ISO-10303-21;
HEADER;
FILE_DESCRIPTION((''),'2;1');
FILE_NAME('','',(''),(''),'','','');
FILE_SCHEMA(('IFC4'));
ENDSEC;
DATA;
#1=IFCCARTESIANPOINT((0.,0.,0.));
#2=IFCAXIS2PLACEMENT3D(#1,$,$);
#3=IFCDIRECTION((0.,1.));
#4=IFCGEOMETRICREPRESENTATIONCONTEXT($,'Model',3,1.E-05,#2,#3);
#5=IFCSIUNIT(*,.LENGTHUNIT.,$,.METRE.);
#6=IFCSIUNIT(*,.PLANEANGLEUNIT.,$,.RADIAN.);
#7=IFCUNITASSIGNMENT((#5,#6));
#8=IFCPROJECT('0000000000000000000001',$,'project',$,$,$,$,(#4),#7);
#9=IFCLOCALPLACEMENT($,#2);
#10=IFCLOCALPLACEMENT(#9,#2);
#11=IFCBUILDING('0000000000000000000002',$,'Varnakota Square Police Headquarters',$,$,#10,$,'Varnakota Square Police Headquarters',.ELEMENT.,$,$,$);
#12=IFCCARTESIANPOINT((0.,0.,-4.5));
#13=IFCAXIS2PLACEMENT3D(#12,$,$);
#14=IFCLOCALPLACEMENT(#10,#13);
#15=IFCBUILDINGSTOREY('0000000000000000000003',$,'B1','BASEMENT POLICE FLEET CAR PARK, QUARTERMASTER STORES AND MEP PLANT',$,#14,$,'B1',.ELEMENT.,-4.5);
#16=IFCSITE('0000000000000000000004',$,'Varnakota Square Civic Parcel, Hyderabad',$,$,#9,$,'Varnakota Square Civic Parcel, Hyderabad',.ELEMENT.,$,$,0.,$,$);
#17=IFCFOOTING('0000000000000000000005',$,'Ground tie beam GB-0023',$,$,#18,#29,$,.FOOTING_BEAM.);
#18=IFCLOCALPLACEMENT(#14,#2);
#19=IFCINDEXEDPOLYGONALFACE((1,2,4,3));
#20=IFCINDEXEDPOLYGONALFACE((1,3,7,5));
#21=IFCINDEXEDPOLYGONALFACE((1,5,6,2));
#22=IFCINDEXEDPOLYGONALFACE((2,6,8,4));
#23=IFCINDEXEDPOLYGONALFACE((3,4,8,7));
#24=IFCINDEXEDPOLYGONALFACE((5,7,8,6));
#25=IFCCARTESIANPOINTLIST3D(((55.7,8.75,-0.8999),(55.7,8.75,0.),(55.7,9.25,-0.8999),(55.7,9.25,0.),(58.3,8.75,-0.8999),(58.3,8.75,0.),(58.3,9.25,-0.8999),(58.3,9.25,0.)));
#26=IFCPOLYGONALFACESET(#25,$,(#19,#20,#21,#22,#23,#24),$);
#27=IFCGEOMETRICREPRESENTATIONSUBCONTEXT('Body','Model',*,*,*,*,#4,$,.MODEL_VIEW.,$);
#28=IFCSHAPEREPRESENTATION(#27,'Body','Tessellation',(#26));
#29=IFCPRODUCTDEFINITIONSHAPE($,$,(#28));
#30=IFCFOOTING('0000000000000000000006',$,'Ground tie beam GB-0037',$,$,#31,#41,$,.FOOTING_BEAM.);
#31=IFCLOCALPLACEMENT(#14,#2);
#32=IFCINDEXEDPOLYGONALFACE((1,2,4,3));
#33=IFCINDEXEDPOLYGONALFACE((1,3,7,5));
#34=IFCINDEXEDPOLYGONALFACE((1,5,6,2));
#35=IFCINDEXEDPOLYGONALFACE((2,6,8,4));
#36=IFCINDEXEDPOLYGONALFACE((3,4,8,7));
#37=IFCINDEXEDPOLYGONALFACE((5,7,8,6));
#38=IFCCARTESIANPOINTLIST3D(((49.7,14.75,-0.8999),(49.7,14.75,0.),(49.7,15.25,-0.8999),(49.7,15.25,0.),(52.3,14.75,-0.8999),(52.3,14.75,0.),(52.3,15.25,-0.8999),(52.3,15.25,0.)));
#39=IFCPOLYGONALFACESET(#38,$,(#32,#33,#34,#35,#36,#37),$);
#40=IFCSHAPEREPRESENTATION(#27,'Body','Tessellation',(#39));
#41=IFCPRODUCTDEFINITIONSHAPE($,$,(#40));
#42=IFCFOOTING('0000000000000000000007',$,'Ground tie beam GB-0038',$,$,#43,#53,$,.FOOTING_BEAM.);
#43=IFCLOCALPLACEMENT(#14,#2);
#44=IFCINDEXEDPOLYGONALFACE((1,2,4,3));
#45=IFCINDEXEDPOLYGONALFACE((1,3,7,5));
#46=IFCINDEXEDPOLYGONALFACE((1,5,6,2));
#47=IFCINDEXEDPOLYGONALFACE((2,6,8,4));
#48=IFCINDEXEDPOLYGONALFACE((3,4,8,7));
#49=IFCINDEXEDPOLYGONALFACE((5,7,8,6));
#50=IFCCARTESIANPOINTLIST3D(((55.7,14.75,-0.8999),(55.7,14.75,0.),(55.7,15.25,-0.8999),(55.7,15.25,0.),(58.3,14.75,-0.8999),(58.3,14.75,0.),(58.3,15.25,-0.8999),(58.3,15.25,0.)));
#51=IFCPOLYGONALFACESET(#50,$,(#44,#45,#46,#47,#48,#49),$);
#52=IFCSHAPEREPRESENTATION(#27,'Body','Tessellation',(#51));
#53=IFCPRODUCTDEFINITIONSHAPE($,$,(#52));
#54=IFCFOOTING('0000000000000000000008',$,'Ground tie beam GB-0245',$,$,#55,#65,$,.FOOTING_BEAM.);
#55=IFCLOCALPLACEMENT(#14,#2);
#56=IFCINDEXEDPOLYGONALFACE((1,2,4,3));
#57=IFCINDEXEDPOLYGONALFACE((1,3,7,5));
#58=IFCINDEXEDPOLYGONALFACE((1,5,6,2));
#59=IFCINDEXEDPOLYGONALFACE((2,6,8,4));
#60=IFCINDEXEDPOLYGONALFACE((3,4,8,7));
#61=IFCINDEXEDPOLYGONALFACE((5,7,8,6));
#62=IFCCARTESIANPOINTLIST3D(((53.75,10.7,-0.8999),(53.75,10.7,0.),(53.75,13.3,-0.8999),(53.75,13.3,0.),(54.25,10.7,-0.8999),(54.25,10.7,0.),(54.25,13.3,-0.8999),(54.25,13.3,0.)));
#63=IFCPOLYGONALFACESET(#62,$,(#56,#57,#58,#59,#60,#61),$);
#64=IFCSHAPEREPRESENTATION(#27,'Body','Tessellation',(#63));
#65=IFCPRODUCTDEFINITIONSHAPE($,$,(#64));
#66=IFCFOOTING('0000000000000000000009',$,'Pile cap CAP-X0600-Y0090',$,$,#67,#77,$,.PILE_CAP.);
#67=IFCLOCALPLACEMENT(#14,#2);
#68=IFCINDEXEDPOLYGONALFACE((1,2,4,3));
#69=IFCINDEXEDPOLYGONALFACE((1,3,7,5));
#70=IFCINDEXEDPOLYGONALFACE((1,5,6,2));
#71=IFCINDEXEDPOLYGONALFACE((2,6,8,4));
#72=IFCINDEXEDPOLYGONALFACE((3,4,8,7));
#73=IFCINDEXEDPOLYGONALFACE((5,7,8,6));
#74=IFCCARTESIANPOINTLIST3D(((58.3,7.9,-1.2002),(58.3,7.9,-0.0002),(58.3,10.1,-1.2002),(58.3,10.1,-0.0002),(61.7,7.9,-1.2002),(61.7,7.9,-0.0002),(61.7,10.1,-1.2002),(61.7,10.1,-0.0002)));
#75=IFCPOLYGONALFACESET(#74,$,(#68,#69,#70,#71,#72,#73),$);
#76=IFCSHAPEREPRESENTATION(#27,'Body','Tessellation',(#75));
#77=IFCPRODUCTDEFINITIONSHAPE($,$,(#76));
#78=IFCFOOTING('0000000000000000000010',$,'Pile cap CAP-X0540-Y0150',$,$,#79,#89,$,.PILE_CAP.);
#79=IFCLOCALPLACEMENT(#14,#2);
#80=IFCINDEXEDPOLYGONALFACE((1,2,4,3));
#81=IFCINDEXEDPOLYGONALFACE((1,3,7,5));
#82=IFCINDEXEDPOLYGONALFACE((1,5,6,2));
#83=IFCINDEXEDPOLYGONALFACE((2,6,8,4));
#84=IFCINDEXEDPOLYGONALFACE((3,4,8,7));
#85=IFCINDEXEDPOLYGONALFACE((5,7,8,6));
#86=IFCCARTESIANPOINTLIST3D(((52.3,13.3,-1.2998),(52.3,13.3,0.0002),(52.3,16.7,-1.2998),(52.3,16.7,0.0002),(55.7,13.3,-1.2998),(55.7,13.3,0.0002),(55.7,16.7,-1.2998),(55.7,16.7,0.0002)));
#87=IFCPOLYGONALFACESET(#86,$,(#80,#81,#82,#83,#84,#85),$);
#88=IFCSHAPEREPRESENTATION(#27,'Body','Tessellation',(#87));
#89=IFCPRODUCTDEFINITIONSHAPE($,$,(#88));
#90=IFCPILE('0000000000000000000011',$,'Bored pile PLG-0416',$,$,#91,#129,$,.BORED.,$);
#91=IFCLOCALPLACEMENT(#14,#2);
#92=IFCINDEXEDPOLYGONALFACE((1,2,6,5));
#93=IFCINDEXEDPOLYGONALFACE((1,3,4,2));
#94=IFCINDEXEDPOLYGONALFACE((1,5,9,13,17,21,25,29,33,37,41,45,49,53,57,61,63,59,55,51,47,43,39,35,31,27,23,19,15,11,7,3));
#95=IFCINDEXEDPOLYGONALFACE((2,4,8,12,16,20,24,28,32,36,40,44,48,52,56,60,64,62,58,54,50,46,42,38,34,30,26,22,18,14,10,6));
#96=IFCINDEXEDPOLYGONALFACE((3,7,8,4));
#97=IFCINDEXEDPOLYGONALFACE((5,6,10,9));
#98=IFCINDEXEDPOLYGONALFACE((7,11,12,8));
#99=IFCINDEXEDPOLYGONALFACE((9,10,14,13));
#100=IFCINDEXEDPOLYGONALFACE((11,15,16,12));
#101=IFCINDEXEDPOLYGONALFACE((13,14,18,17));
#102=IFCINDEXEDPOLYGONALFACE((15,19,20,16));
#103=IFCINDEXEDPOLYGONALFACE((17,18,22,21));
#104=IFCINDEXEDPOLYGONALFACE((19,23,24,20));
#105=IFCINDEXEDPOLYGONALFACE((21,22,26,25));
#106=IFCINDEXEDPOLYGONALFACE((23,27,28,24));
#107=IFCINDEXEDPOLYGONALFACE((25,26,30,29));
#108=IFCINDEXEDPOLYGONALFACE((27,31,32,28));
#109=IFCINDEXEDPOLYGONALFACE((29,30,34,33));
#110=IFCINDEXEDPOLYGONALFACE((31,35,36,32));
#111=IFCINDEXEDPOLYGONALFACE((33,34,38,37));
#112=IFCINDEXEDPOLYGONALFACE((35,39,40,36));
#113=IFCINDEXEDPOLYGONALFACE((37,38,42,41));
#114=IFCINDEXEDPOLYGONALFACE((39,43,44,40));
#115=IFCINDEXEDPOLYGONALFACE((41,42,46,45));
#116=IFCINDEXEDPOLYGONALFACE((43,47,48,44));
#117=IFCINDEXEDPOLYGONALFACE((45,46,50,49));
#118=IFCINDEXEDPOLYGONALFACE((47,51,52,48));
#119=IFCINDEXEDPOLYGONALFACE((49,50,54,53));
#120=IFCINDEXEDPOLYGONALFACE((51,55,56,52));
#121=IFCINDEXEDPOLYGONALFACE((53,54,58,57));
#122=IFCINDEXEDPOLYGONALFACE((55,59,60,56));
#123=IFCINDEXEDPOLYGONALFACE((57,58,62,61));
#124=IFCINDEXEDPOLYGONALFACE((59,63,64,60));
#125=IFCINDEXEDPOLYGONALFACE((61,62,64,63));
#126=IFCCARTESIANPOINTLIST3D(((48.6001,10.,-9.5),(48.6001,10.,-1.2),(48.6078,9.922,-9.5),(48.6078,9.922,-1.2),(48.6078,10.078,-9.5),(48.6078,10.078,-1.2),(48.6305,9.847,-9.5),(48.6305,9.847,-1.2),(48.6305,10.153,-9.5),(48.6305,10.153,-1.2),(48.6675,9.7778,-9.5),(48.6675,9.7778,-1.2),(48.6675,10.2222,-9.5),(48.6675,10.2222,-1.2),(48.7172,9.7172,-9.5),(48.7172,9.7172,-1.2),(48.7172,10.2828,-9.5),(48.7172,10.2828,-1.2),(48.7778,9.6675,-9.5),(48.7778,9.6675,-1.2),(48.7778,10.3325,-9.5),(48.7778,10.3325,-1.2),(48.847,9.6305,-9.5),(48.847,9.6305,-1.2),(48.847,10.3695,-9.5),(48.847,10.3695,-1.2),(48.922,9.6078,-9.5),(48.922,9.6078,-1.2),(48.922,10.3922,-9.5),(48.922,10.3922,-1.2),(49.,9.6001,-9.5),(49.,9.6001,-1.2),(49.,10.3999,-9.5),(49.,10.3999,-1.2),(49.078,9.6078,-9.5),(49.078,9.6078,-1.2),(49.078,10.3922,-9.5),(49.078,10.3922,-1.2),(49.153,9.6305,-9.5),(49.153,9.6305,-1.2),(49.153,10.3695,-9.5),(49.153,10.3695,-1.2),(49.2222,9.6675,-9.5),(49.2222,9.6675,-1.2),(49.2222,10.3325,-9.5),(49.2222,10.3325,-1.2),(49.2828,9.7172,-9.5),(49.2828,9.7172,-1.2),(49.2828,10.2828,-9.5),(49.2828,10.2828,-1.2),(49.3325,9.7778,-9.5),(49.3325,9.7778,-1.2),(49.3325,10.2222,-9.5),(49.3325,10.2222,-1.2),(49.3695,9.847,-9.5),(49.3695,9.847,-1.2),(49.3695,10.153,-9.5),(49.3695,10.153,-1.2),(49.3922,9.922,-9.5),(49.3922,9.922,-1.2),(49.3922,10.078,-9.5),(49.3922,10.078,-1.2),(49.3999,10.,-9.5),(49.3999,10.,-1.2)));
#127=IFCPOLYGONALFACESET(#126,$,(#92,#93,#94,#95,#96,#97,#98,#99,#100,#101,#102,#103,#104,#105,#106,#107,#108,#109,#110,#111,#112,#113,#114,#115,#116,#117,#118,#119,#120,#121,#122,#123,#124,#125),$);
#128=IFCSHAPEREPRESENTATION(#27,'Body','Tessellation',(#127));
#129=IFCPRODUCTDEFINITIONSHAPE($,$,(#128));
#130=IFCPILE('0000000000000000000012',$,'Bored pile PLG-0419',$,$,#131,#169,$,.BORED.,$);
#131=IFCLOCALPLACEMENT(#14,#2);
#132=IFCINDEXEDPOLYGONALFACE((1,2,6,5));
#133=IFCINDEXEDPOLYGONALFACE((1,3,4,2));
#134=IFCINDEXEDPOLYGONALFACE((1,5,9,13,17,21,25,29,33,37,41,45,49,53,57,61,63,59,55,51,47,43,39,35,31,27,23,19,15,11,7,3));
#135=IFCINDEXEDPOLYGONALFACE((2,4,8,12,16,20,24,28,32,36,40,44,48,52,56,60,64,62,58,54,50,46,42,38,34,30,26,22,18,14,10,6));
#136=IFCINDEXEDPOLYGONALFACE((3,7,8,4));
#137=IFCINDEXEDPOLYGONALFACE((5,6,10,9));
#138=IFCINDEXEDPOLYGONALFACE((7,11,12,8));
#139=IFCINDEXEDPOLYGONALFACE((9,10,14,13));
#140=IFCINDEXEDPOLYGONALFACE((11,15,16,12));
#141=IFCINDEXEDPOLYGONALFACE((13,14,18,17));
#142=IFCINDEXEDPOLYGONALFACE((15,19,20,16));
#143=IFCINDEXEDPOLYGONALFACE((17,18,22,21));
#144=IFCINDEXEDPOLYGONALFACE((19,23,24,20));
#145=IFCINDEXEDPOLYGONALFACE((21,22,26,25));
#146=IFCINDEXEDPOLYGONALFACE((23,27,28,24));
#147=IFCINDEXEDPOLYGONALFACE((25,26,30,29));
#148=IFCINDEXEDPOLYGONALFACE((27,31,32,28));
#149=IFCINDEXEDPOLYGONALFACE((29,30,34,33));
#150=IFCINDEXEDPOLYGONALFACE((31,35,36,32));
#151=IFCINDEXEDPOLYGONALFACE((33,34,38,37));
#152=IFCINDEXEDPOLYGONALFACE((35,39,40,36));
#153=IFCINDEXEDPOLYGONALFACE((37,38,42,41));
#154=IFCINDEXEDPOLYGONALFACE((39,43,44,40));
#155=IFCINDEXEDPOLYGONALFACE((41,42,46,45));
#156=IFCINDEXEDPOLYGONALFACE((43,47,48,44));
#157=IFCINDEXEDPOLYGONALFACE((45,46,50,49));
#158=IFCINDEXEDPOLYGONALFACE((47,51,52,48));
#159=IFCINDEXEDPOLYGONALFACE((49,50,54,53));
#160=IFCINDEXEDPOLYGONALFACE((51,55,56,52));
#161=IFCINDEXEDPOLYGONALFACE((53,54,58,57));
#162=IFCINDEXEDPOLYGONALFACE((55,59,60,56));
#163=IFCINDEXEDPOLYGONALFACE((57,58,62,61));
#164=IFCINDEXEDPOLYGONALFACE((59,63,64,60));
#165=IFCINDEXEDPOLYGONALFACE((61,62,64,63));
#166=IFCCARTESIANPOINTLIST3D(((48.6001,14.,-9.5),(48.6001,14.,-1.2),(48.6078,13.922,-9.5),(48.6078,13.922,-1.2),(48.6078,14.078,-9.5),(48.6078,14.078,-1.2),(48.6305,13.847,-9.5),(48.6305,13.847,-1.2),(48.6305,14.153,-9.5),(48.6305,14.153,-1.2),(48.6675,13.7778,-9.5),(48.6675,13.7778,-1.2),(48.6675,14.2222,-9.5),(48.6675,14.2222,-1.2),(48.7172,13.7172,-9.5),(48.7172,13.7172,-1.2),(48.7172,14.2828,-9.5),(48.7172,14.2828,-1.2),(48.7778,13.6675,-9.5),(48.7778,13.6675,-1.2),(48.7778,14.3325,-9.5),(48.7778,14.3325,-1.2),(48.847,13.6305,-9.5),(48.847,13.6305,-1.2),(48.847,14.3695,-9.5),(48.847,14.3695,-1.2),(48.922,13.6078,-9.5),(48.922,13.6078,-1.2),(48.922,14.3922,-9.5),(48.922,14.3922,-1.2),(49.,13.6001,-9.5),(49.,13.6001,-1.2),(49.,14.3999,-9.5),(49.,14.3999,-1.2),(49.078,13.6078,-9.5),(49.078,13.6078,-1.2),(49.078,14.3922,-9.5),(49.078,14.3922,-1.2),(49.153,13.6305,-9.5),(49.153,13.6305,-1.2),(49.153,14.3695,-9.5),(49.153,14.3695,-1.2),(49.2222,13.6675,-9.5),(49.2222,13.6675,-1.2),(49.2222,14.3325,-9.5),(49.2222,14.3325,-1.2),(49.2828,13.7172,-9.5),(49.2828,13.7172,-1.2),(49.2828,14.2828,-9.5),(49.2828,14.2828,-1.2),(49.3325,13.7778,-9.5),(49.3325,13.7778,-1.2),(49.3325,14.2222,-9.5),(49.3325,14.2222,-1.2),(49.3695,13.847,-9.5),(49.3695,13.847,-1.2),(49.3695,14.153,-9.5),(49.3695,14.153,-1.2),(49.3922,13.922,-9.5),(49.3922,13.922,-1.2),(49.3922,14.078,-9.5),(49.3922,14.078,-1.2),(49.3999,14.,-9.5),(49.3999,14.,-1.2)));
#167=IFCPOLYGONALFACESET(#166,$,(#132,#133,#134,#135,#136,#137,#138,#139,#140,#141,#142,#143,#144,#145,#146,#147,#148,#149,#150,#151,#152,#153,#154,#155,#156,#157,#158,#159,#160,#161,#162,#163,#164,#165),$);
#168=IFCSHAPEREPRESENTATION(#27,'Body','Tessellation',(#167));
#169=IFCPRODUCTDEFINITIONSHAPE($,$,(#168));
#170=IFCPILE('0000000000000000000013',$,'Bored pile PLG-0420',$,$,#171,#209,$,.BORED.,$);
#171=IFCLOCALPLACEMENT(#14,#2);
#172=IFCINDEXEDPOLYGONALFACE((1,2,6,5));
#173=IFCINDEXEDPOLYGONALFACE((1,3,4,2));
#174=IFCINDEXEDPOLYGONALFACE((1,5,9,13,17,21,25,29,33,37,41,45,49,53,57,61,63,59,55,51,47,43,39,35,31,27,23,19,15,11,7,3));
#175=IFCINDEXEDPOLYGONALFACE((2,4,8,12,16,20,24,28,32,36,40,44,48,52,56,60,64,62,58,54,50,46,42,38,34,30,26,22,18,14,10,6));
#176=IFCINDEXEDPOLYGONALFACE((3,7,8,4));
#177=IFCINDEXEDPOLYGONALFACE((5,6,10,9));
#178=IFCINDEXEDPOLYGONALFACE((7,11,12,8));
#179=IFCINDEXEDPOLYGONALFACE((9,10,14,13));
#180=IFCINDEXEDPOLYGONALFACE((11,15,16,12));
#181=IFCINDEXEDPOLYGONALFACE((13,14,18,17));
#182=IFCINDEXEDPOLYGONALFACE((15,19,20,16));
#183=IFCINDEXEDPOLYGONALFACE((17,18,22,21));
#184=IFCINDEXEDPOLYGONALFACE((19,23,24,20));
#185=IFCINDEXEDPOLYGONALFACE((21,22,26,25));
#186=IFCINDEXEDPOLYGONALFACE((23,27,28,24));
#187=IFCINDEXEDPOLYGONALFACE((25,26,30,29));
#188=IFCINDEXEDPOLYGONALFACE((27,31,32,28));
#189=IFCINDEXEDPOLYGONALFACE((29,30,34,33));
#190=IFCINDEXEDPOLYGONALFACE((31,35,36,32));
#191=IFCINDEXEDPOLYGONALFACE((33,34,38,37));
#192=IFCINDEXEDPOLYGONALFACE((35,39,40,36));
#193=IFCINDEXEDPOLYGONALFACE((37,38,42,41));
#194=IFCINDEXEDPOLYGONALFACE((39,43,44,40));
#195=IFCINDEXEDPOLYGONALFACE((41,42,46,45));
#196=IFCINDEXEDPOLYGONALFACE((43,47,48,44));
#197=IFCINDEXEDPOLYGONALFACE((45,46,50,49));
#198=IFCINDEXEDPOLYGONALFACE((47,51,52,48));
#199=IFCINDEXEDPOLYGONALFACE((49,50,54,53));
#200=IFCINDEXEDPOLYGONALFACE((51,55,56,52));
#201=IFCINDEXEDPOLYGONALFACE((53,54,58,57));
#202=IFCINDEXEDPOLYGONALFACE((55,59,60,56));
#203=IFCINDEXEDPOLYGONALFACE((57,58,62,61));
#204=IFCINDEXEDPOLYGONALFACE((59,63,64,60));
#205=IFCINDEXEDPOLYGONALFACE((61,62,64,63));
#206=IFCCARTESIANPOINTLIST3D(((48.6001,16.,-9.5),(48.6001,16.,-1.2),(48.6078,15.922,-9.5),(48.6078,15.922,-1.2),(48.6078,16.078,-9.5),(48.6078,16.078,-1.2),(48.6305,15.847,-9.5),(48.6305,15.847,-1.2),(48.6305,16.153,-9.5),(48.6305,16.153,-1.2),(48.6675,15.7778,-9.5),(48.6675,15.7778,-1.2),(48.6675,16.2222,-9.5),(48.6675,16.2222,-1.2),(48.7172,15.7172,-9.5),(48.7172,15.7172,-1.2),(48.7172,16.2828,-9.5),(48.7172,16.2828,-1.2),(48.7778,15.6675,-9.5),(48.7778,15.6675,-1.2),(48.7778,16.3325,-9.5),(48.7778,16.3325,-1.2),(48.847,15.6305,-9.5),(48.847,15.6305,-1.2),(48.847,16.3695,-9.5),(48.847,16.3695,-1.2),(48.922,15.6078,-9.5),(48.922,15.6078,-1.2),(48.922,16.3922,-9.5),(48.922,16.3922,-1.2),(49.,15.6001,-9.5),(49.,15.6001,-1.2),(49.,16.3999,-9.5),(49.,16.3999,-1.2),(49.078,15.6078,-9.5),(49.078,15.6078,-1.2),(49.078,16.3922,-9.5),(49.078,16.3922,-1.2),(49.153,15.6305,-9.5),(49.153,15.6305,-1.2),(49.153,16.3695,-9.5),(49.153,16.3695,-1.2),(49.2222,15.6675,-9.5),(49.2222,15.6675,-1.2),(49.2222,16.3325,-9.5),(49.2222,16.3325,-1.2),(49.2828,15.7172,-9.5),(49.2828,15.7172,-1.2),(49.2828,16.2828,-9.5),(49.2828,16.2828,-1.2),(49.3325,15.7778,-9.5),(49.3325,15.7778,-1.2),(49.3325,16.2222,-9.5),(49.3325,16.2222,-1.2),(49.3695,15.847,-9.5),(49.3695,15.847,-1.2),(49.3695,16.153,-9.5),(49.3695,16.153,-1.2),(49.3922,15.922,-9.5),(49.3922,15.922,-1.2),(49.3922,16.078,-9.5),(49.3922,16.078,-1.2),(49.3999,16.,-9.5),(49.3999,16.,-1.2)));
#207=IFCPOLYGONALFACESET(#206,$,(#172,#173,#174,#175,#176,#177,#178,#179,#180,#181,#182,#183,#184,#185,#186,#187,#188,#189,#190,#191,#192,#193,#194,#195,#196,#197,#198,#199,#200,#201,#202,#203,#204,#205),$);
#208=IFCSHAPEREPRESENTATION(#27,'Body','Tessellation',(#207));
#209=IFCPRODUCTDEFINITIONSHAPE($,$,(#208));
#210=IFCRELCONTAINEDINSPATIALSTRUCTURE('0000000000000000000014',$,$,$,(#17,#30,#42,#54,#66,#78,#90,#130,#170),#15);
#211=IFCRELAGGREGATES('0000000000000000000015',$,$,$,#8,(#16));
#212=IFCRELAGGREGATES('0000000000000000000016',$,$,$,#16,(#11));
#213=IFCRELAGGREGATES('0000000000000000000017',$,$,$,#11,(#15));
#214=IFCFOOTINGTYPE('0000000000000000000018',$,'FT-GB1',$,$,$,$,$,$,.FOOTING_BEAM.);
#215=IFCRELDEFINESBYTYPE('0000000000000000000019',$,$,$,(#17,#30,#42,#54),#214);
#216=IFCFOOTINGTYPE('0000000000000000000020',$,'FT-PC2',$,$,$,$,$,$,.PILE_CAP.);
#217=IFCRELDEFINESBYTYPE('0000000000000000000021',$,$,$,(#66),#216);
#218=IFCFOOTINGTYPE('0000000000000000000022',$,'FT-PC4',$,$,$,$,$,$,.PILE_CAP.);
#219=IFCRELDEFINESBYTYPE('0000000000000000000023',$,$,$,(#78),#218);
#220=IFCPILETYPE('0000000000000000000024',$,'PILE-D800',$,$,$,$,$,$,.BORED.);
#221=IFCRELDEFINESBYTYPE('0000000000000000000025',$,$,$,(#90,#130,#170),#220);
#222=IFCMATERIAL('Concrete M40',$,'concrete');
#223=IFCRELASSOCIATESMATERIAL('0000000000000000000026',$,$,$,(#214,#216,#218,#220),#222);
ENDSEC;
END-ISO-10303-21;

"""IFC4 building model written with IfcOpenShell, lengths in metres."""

from ifc_helpers import new_model, si_unit, direction, frame, origin, origin_2d, place, context, subcontext, project, spatial, rectangle, circle, extrude, material, material_profile, profile_set, type_object, element, save


model = new_model("IFC4")

# Units and contexts
model_context = context("Model", 3, precision=1e-05, world=origin(), true_north=direction((0.0, 1.0)))
body_context = subcontext(model_context, "Body", "Model", "MODEL_VIEW")
ifc_project = project(units=[si_unit("LENGTHUNIT", "METRE"), si_unit("PLANEANGLEUNIT", "RADIAN")], contexts=[model_context])

# Site, building, storey
site_placement = place(None, origin())
site = spatial("IfcSite", under=ifc_project, at=site_placement, Name="Varnakota Square Civic Parcel, Hyderabad", LongName="Varnakota Square Civic Parcel, Hyderabad", CompositionType="ELEMENT", RefElevation=0.0)
building_placement = place(site_placement, origin())
building = spatial("IfcBuilding", under=site, at=building_placement, Name="Varnakota Square Police Headquarters", LongName="Varnakota Square Police Headquarters", CompositionType="ELEMENT")
storey_placement = place(building_placement, frame((0.0, 0.0, -4.5)))
storey = spatial("IfcBuildingStorey", under=building, at=storey_placement, Name="B1", Description="BASEMENT POLICE FLEET CAR PARK, QUARTERMASTER STORES AND MEP PLANT", LongName="B1", CompositionType="ELEMENT", Elevation=-4.5)

# Footings
ifc_material_1 = material(Name="Concrete M40", Category="concrete")
ifc_material_profile_1 = material_profile(ifc_material_1, rectangle(XDim=0.5, YDim=0.8999, at=origin_2d()), Name="GB 500x900")
ifc_profile_set_1 = profile_set([ifc_material_profile_1], Name="Concrete M40")
footing_type_1 = type_object("IfcFootingType", Name="FT-GB1", PredefinedType="FOOTING_BEAM", material=ifc_profile_set_1)
for number, where, z_axis, x_axis, name in (
    (1, (55.7, 9.0, -0.45), (1.0, 0.0, 0.0), (0.0, 1.0, 0.0), "Ground tie beam GB-0023"),
    (2, (49.7, 15.0, -0.45), (1.0, 0.0, 0.0), (0.0, 1.0, 0.0), "Ground tie beam GB-0037"),
    (3, (55.7, 15.0, -0.45), (1.0, 0.0, 0.0), (0.0, 1.0, 0.0), "Ground tie beam GB-0038"),
    (4, (54.0, 10.7, -0.45), (0.0, 1.0, 0.0), (-1.0, 0.0, 0.0), "Ground tie beam GB-0245"),
):
    element("IfcFooting", number, at=place(storey_placement, frame(where, z_axis=z_axis, x_axis=x_axis)), inside=storey, type_object=footing_type_1, Name=name, PredefinedType="FOOTING_BEAM", context=body_context, shape_type="SweptSolid", body=[
        extrude(rectangle(XDim=0.5, YDim=0.8999, at=origin_2d()), origin(), (0.0, 0.0, 1.0), 2.6001),
    ])
footing_type_2 = type_object("IfcFootingType", Name="FT-PC2", PredefinedType="PILE_CAP", material=ifc_material_1)
footing_1_placement = place(storey_placement, frame((60.0, 9.0, -1.2002), z_axis=(0.0, 0.0, 1.0), x_axis=(1.0, 0.0, 0.0)))
element("IfcFooting", 5, at=footing_1_placement, inside=storey, type_object=footing_type_2, Name="Pile cap CAP-X0600-Y0090", PredefinedType="PILE_CAP", context=body_context, shape_type="SweptSolid", body=[
    extrude(rectangle(XDim=3.3999, YDim=2.2, at=origin_2d()), origin(), (0.0, 0.0, 1.0), 1.2),
])
footing_type_3 = type_object("IfcFootingType", Name="FT-PC4", PredefinedType="PILE_CAP", material=ifc_material_1)
footing_2_placement = place(storey_placement, frame((54.0, 15.0, -1.2998), z_axis=(0.0, 0.0, 1.0), x_axis=(1.0, 0.0, 0.0)))
element("IfcFooting", 6, at=footing_2_placement, inside=storey, type_object=footing_type_3, Name="Pile cap CAP-X0540-Y0150", PredefinedType="PILE_CAP", context=body_context, shape_type="SweptSolid", body=[
    extrude(rectangle(XDim=3.3999, YDim=3.3999, at=origin_2d()), origin(), (0.0, 0.0, 1.0), 1.3),
])

# Piles
ifc_material_profile_2 = material_profile(ifc_material_1, circle(Radius=0.3999, at=origin_2d()), Name="BORED PILE 800")
ifc_profile_set_2 = profile_set([ifc_material_profile_2], Name="Concrete M40")
pile_type = type_object("IfcPileType", Name="PILE-D800", PredefinedType="BORED", material=ifc_profile_set_2)
for number, where, z_axis, x_axis, name in (
    (7, (49.0, 10.0, -1.2), (0.0, 0.0, -1.0), (1.0, 0.0, 0.0), "Bored pile PLG-0416"),
    (8, (49.0, 14.0, -1.2), (0.0, 0.0, -1.0), (1.0, 0.0, 0.0), "Bored pile PLG-0419"),
    (9, (49.0, 16.0, -1.2), (0.0, 0.0, -1.0), (1.0, 0.0, 0.0), "Bored pile PLG-0420"),
):
    element("IfcPile", number, at=place(storey_placement, frame(where, z_axis=z_axis, x_axis=x_axis)), inside=storey, type_object=pile_type, Name=name, PredefinedType="BORED", context=body_context, shape_type="SweptSolid", body=[
        extrude(circle(Radius=0.3999, at=origin_2d()), origin(), (0.0, 0.0, 1.0), 8.3),
    ])

save(model, "model.ifc")
